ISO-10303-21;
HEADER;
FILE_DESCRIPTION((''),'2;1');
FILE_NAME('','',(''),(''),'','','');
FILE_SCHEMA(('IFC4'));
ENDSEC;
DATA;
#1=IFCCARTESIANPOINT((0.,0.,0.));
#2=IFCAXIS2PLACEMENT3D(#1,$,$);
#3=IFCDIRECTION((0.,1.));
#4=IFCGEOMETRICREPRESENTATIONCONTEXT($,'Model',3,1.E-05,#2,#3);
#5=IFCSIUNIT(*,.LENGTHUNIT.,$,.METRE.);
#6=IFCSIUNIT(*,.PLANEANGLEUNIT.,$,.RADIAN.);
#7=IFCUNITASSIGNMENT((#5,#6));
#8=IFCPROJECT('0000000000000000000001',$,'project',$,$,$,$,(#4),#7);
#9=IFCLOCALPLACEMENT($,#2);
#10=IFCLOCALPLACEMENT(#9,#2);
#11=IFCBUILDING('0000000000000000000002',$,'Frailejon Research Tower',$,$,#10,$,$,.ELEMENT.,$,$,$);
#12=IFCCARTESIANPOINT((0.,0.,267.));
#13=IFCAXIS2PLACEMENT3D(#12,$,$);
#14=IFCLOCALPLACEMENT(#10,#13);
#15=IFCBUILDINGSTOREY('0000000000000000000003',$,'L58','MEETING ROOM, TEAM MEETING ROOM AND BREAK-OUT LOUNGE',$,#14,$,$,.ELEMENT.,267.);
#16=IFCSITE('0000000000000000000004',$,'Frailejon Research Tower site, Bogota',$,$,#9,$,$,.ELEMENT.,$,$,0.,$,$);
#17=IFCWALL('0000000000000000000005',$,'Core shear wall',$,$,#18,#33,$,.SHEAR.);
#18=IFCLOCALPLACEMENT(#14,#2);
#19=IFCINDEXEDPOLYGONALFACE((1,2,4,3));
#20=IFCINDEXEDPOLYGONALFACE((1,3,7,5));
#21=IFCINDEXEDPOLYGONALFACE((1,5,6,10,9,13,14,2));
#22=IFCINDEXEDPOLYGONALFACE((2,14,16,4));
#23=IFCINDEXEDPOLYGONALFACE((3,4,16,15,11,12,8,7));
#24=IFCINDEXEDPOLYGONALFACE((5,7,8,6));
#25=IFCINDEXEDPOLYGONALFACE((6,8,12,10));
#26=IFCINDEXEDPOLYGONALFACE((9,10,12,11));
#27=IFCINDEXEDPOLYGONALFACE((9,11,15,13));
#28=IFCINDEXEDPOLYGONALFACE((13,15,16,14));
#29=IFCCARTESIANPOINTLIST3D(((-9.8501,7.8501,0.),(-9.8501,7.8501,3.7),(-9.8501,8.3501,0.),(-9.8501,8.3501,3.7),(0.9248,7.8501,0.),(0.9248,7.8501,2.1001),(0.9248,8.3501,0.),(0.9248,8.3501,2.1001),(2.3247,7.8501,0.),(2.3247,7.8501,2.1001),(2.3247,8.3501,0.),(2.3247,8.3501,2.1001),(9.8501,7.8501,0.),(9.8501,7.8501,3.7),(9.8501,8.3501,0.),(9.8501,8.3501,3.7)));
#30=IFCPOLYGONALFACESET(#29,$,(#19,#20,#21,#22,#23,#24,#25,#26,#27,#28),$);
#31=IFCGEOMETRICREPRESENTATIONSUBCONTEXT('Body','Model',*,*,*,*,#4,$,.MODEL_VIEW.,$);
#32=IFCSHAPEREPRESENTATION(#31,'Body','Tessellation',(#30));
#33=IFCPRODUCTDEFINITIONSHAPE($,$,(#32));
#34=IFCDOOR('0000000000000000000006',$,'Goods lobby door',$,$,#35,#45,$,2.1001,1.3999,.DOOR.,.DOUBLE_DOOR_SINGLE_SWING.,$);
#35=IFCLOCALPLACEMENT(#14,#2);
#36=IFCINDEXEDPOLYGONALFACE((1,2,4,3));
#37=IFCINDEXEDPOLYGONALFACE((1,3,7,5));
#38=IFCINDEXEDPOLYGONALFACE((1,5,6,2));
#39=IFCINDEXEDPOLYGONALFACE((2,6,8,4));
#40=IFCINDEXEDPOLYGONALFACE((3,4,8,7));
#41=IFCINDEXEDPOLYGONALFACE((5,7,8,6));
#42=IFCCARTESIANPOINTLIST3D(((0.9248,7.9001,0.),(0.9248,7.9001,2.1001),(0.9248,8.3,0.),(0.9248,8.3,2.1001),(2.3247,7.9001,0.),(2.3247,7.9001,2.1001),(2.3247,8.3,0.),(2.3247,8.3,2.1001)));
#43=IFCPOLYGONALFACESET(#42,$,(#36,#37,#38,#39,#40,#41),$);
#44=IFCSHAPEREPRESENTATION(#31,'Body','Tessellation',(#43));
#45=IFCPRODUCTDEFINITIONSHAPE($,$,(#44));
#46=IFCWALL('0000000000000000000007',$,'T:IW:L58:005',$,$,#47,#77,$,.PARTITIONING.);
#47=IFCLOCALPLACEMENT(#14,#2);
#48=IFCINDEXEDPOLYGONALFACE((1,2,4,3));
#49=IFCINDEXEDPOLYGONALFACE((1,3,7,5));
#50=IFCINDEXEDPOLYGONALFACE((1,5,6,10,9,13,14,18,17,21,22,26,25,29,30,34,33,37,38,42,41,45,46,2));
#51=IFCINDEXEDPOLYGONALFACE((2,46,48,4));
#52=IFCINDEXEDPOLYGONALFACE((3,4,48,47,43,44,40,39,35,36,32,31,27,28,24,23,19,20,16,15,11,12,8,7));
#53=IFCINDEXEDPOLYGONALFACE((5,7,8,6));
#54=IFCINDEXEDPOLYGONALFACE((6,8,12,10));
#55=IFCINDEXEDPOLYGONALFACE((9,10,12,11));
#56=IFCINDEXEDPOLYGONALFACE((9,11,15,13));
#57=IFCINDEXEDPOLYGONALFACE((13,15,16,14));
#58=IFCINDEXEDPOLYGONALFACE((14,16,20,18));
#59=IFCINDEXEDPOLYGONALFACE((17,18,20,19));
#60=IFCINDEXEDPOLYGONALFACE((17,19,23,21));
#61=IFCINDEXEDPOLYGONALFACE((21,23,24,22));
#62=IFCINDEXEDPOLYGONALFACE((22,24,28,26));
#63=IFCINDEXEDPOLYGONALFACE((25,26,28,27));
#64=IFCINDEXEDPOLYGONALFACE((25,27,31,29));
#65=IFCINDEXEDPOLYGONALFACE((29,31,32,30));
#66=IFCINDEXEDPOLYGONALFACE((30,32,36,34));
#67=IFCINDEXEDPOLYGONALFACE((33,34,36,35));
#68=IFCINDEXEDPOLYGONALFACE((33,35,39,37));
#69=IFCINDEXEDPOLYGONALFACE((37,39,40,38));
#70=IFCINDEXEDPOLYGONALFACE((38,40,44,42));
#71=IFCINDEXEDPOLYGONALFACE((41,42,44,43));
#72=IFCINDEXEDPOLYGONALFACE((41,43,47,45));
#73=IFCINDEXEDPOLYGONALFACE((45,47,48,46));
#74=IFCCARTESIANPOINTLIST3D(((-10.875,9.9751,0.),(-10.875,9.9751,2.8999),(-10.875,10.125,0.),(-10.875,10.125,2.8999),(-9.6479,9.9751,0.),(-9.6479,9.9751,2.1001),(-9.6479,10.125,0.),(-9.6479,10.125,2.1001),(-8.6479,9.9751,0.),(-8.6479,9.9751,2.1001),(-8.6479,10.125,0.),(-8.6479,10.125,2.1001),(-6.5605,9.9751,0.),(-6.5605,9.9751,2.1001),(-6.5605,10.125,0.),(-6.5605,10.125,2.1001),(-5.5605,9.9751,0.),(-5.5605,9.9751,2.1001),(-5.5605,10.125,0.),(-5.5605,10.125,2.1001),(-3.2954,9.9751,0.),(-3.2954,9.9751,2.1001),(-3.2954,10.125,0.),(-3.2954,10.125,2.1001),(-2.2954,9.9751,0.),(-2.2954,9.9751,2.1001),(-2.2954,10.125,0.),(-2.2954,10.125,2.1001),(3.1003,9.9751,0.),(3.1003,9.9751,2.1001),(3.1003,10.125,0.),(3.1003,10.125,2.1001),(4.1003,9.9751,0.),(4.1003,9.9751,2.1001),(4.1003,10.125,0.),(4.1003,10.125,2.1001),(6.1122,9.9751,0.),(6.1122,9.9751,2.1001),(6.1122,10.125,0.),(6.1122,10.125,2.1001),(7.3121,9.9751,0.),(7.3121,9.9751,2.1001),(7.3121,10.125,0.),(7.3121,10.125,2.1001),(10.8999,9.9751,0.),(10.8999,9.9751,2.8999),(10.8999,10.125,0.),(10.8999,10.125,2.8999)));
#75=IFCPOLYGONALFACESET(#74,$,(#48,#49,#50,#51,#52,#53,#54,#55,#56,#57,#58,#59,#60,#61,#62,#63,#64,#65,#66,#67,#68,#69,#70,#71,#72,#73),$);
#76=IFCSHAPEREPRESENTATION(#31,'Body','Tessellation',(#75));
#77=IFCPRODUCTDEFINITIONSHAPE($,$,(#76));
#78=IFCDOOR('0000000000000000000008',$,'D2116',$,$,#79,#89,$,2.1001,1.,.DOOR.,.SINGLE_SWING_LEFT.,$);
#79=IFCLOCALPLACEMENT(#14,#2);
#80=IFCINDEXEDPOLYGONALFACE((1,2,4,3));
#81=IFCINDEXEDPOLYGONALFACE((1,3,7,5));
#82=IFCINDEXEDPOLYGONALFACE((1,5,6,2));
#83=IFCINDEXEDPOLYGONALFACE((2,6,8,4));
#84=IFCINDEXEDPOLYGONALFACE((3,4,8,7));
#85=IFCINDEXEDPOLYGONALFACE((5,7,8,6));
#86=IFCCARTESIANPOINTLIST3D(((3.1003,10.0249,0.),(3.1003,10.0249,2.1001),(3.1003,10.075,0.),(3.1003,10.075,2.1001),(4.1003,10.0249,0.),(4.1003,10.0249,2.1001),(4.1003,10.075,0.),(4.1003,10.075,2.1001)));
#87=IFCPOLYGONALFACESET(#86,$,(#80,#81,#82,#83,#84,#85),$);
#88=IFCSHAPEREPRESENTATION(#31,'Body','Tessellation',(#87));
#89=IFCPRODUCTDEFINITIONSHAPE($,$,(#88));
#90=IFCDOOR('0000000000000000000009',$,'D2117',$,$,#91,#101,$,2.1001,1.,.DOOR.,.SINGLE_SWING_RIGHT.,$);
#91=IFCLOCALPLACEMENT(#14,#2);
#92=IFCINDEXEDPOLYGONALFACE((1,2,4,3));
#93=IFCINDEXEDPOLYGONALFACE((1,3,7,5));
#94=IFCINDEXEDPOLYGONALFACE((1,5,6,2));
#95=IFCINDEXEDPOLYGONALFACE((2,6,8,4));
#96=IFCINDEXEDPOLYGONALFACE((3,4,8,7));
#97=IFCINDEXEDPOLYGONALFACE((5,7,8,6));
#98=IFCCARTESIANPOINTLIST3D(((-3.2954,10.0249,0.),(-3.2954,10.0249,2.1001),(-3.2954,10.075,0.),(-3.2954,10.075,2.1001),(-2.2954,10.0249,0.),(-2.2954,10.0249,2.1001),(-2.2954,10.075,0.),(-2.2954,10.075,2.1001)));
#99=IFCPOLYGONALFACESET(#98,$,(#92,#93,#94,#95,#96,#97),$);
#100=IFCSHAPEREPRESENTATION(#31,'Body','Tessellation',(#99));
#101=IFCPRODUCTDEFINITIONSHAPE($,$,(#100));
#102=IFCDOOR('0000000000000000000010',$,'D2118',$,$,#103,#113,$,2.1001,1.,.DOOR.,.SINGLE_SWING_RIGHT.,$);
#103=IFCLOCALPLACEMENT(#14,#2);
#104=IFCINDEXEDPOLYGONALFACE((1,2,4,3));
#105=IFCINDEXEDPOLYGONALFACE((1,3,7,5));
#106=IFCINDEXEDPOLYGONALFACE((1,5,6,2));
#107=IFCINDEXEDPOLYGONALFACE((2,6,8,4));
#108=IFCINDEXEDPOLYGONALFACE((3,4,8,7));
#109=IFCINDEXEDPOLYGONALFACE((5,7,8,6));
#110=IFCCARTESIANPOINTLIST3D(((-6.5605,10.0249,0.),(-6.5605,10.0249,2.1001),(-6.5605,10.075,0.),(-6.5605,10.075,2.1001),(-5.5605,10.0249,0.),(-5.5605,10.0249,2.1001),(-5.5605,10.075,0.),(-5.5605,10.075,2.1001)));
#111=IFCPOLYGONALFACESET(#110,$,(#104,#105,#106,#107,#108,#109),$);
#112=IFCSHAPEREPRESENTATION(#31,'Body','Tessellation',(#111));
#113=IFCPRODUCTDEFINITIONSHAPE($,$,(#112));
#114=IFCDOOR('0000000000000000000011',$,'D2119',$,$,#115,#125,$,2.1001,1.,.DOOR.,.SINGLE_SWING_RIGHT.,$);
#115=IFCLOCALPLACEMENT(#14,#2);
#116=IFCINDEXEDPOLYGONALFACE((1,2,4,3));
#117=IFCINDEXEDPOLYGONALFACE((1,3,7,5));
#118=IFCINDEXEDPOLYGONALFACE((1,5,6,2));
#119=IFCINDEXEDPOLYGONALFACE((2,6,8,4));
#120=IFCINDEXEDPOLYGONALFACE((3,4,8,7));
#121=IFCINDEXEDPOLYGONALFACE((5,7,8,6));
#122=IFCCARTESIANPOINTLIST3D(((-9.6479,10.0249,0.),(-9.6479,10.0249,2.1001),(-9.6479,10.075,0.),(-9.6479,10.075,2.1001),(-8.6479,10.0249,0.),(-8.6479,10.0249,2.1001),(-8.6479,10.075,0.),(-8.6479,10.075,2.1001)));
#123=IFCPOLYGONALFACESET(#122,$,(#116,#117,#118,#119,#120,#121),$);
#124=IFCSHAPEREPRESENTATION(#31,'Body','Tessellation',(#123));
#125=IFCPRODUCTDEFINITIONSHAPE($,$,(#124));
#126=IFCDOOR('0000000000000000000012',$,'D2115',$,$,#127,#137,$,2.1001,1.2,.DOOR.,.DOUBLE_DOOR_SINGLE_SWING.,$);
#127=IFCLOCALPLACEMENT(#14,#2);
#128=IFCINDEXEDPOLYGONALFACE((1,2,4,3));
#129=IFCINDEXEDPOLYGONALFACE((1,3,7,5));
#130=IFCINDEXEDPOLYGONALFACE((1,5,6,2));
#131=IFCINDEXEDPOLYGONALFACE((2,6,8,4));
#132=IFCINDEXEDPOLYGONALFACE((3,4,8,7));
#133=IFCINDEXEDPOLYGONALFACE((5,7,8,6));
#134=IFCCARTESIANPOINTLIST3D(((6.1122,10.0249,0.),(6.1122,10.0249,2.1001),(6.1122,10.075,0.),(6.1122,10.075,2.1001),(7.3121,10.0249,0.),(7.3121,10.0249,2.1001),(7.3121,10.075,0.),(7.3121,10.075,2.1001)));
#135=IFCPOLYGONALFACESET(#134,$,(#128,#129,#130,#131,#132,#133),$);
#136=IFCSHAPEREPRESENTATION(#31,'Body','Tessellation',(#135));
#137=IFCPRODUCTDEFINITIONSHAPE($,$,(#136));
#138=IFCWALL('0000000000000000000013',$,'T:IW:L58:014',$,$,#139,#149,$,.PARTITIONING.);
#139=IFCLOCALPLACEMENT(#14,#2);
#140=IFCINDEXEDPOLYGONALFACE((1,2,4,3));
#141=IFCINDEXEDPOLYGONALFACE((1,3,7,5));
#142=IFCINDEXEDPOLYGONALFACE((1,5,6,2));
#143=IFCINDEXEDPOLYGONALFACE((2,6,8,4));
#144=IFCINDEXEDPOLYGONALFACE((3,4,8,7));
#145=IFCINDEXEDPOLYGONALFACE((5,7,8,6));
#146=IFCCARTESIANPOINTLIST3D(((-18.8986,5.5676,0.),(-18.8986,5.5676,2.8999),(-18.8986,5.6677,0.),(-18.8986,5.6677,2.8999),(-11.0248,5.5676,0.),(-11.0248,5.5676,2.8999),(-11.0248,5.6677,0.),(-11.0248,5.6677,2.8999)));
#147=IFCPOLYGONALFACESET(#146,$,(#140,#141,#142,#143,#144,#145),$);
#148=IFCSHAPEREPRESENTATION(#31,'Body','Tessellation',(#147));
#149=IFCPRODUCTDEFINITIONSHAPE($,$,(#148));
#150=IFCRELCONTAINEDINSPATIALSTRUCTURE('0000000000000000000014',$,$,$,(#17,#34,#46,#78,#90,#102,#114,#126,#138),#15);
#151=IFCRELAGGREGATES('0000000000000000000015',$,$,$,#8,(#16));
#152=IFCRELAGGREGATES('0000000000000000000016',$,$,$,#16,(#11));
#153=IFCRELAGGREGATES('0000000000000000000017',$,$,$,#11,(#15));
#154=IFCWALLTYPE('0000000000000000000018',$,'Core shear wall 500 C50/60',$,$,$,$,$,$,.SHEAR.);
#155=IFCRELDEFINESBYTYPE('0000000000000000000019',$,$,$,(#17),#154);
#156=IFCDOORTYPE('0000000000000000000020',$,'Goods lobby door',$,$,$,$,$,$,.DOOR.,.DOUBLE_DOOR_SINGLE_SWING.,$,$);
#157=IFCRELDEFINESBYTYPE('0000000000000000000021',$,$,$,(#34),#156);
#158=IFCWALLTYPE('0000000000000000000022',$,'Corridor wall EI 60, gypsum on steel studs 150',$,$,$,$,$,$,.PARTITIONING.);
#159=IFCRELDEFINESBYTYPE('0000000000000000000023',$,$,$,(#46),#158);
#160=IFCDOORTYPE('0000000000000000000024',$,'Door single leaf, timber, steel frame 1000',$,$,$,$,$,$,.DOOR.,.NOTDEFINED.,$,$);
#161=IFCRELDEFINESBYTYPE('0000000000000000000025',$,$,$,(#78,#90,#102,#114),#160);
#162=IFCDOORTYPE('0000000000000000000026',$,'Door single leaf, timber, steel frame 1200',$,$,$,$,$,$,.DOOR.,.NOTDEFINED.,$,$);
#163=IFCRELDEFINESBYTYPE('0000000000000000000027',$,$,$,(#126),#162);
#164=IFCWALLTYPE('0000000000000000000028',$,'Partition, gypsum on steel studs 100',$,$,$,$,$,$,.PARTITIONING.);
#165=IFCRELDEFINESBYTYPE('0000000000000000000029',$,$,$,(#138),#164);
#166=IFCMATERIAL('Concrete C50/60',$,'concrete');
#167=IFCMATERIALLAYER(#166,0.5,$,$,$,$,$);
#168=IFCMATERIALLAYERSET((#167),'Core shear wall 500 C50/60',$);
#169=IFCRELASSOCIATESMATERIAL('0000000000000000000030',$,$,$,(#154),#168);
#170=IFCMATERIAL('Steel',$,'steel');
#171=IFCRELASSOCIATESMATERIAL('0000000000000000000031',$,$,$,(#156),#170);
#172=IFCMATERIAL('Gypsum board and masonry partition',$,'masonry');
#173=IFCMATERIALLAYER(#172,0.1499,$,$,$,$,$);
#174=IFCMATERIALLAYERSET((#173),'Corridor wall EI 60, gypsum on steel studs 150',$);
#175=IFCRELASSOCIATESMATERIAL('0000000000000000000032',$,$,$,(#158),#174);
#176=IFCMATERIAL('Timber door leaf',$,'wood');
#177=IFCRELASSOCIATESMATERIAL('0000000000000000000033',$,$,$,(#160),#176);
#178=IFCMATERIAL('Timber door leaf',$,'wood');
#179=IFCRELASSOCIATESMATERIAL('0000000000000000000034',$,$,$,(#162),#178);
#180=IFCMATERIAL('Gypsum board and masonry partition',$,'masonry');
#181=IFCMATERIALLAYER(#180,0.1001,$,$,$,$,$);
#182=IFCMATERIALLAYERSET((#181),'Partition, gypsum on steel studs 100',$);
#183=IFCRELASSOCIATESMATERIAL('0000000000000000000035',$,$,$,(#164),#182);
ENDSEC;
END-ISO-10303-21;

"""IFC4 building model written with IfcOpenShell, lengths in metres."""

from ifc_helpers import new_model, si_unit, direction, frame, frame_2d, origin, place, context, subcontext, project, spatial, rectangle, extrude, material, layer, layer_set, type_object, element, fill, save


model = new_model("IFC4")

# Units and contexts
model_context = context("Model", 3, precision=1e-05, world=origin(), true_north=direction((0.0, 1.0)))
body_context = subcontext(model_context, "Body", "Model", "MODEL_VIEW")
ifc_project = project(units=[si_unit("LENGTHUNIT", "METRE"), si_unit("PLANEANGLEUNIT", "RADIAN")], contexts=[model_context])

# Site, building, storey
site_placement = place(None, origin())
site = spatial("IfcSite", under=ifc_project, at=site_placement, Name="Frailejon Research Tower site, Bogota", CompositionType="ELEMENT", RefElevation=0.0)
building_placement = place(site_placement, origin())
building = spatial("IfcBuilding", under=site, at=building_placement, Name="Frailejon Research Tower", CompositionType="ELEMENT")
storey_placement = place(building_placement, frame((0.0, 0.0, 267.0)))
storey = spatial("IfcBuildingStorey", under=building, at=storey_placement, Name="L58", Description="MEETING ROOM, TEAM MEETING ROOM AND BREAK-OUT LOUNGE", CompositionType="ELEMENT", Elevation=267.0)

# Wall, opening, door
ifc_material_1 = material(Name="Concrete C50/60", Category="concrete")
ifc_layer_1 = layer(ifc_material_1, 0.5)
ifc_layer_set_1 = layer_set([ifc_layer_1], Name="Core shear wall 500 C50/60")
wall_type_1 = type_object("IfcWallType", Name="Core shear wall 500 C50/60", PredefinedType="SHEAR", material=ifc_layer_set_1)
wall_1_placement = place(storey_placement, frame((-9.8501, 8.1001, 0.0), z_axis=(0.0, 0.0, 1.0), x_axis=(1.0, 0.0, 0.0)))
wall_1 = element("IfcWall", 1, at=wall_1_placement, inside=storey, type_object=wall_type_1, Name="Core shear wall", PredefinedType="SHEAR", context=body_context, shape_type="SweptSolid", body=[
    extrude(rectangle(XDim=19.7002, YDim=0.5, at=frame_2d((9.8501, 0.0))), origin(), (0.0, 0.0, 1.0), 3.7),
])
opening_1_placement = place(wall_1_placement, frame((10.7749, 0.0, 0.0)))
opening_1 = element("IfcOpeningElement", 2, at=opening_1_placement, cuts=wall_1, PredefinedType="OPENING", context=body_context, shape_type="SweptSolid", body=[
    extrude(rectangle(XDim=1.3999, YDim=2.1001, at=frame_2d((0.7, 1.05))), frame((0.0, 0.26, 0.0), z_axis=(0.0, -1.0, 0.0), x_axis=(1.0, 0.0, 0.0)), (0.0, 0.0, 1.0), 0.52),
])
ifc_material_2 = material(Name="Steel", Category="steel")
door_type_1 = type_object("IfcDoorType", Name="Goods lobby door", OperationType="DOUBLE_DOOR_SINGLE_SWING", PredefinedType="DOOR", material=ifc_material_2)
door_1_placement = place(opening_1_placement, origin())
door_1 = element("IfcDoor", 3, at=door_1_placement, inside=storey, type_object=door_type_1, Name="Goods lobby door", OperationType="DOUBLE_DOOR_SINGLE_SWING", OverallHeight=2.1001, OverallWidth=1.3999, PredefinedType="DOOR", context=body_context, shape_type="SweptSolid", body=[
    extrude(rectangle(XDim=1.3999, YDim=2.1001, at=frame_2d((0.7, 1.05))), frame((0.0, 0.2, 0.0), z_axis=(0.0, -1.0, 0.0), x_axis=(1.0, 0.0, 0.0)), (0.0, 0.0, 1.0), 0.3999),
])
fill(opening_1, door_1)

# Wall, openings, doors
ifc_material_3 = material(Name="Gypsum board and masonry partition", Category="masonry")
ifc_layer_2 = layer(ifc_material_3, 0.1499)
ifc_layer_set_2 = layer_set([ifc_layer_2], Name="Corridor wall EI 60, gypsum on steel studs 150")
wall_type_2 = type_object("IfcWallType", Name="Corridor wall EI 60, gypsum on steel studs 150", PredefinedType="PARTITIONING", material=ifc_layer_set_2)
wall_2_placement = place(storey_placement, frame((-10.875, 10.05, 0.0), z_axis=(0.0, 0.0, 1.0), x_axis=(1.0, 0.0, 0.0)))
wall_2 = element("IfcWall", 4, at=wall_2_placement, inside=storey, type_object=wall_type_2, Name="T:IW:L58:005", PredefinedType="PARTITIONING", context=body_context, shape_type="SweptSolid", body=[
    extrude(rectangle(XDim=21.7749, YDim=0.1499, at=frame_2d((10.8875, 0.0))), origin(), (0.0, 0.0, 1.0), 2.8999),
])
opening_2_placement = place(wall_2_placement, frame((16.9871, 0.0, 0.0)))
opening_2 = element("IfcOpeningElement", 5, at=opening_2_placement, cuts=wall_2, PredefinedType="OPENING", context=body_context, shape_type="SweptSolid", body=[
    extrude(rectangle(XDim=1.2, YDim=2.1001, at=frame_2d((0.6001, 1.05))), frame((0.0, 0.085, 0.0), z_axis=(0.0, -1.0, 0.0), x_axis=(1.0, 0.0, 0.0)), (0.0, 0.0, 1.0), 0.1699),
])
opening_3_placement = place(wall_2_placement, frame((13.9753, 0.0, 0.0)))
opening_3 = element("IfcOpeningElement", 6, at=opening_3_placement, cuts=wall_2, PredefinedType="OPENING", context=body_context, shape_type="SweptSolid", body=[
    extrude(rectangle(XDim=1.0, YDim=2.1001, at=frame_2d((0.5, 1.05))), frame((0.0, 0.085, 0.0), z_axis=(0.0, -1.0, 0.0), x_axis=(1.0, 0.0, 0.0)), (0.0, 0.0, 1.0), 0.1699),
])
opening_4_placement = place(wall_2_placement, frame((7.5796, 0.0, 0.0)))
opening_4 = element("IfcOpeningElement", 7, at=opening_4_placement, cuts=wall_2, PredefinedType="OPENING", context=body_context, shape_type="SweptSolid", body=[
    extrude(rectangle(XDim=1.0, YDim=2.1001, at=frame_2d((0.5, 1.05))), frame((0.0, 0.085, 0.0), z_axis=(0.0, -1.0, 0.0), x_axis=(1.0, 0.0, 0.0)), (0.0, 0.0, 1.0), 0.1699),
])
opening_5_placement = place(wall_2_placement, frame((4.3145, 0.0, 0.0)))
opening_5 = element("IfcOpeningElement", 8, at=opening_5_placement, cuts=wall_2, PredefinedType="OPENING", context=body_context, shape_type="SweptSolid", body=[
    extrude(rectangle(XDim=1.0, YDim=2.1001, at=frame_2d((0.5, 1.05))), frame((0.0, 0.085, 0.0), z_axis=(0.0, -1.0, 0.0), x_axis=(1.0, 0.0, 0.0)), (0.0, 0.0, 1.0), 0.1699),
])
opening_6_placement = place(wall_2_placement, frame((1.2271, 0.0, 0.0)))
opening_6 = element("IfcOpeningElement", 9, at=opening_6_placement, cuts=wall_2, PredefinedType="OPENING", context=body_context, shape_type="SweptSolid", body=[
    extrude(rectangle(XDim=1.0, YDim=2.1001, at=frame_2d((0.5, 1.05))), frame((0.0, 0.085, 0.0), z_axis=(0.0, -1.0, 0.0), x_axis=(1.0, 0.0, 0.0)), (0.0, 0.0, 1.0), 0.1699),
])
ifc_material_4 = material(Name="Timber door leaf", Category="wood")
door_type_2 = type_object("IfcDoorType", Name="Door single leaf, timber, steel frame 1000", OperationType="NOTDEFINED", PredefinedType="DOOR", material=ifc_material_4)
door_2_placement = place(opening_3_placement, origin())
door_2 = element("IfcDoor", 10, at=door_2_placement, inside=storey, type_object=door_type_2, Name="D2116", OperationType="SINGLE_SWING_LEFT", OverallHeight=2.1001, OverallWidth=1.0, PredefinedType="DOOR", context=body_context, shape_type="SweptSolid", body=[
    extrude(rectangle(XDim=1.0, YDim=2.1001, at=frame_2d((0.5, 1.05))), frame((0.0, 0.0249, 0.0), z_axis=(0.0, -1.0, 0.0), x_axis=(1.0, 0.0, 0.0)), (0.0, 0.0, 1.0), 0.05),
])
fill(opening_3, door_2)
door_3_placement = place(opening_4_placement, origin())
door_3 = element("IfcDoor", 11, at=door_3_placement, inside=storey, type_object=door_type_2, Name="D2117", OperationType="SINGLE_SWING_RIGHT", OverallHeight=2.1001, OverallWidth=1.0, PredefinedType="DOOR", context=body_context, shape_type="SweptSolid", body=[
    extrude(rectangle(XDim=1.0, YDim=2.1001, at=frame_2d((0.5, 1.05))), frame((0.0, 0.0249, 0.0), z_axis=(0.0, -1.0, 0.0), x_axis=(1.0, 0.0, 0.0)), (0.0, 0.0, 1.0), 0.05),
])
fill(opening_4, door_3)
door_4_placement = place(opening_5_placement, origin())
door_4 = element("IfcDoor", 12, at=door_4_placement, inside=storey, type_object=door_type_2, Name="D2118", OperationType="SINGLE_SWING_RIGHT", OverallHeight=2.1001, OverallWidth=1.0, PredefinedType="DOOR", context=body_context, shape_type="SweptSolid", body=[
    extrude(rectangle(XDim=1.0, YDim=2.1001, at=frame_2d((0.5, 1.05))), frame((0.0, 0.0249, 0.0), z_axis=(0.0, -1.0, 0.0), x_axis=(1.0, 0.0, 0.0)), (0.0, 0.0, 1.0), 0.05),
])
fill(opening_5, door_4)
door_5_placement = place(opening_6_placement, origin())
door_5 = element("IfcDoor", 13, at=door_5_placement, inside=storey, type_object=door_type_2, Name="D2119", OperationType="SINGLE_SWING_RIGHT", OverallHeight=2.1001, OverallWidth=1.0, PredefinedType="DOOR", context=body_context, shape_type="SweptSolid", body=[
    extrude(rectangle(XDim=1.0, YDim=2.1001, at=frame_2d((0.5, 1.05))), frame((0.0, 0.0249, 0.0), z_axis=(0.0, -1.0, 0.0), x_axis=(1.0, 0.0, 0.0)), (0.0, 0.0, 1.0), 0.05),
])
fill(opening_6, door_5)
ifc_material_5 = material(Name="Timber door leaf", Category="wood")
door_type_3 = type_object("IfcDoorType", Name="Door single leaf, timber, steel frame 1200", OperationType="NOTDEFINED", PredefinedType="DOOR", material=ifc_material_5)
door_6_placement = place(opening_2_placement, origin())
door_6 = element("IfcDoor", 14, at=door_6_placement, inside=storey, type_object=door_type_3, Name="D2115", OperationType="DOUBLE_DOOR_SINGLE_SWING", OverallHeight=2.1001, OverallWidth=1.2, PredefinedType="DOOR", context=body_context, shape_type="SweptSolid", body=[
    extrude(rectangle(XDim=1.2, YDim=2.1001, at=frame_2d((0.6001, 1.05))), frame((0.0, 0.0249, 0.0), z_axis=(0.0, -1.0, 0.0), x_axis=(1.0, 0.0, 0.0)), (0.0, 0.0, 1.0), 0.05),
])
fill(opening_2, door_6)

# Wall
ifc_material_6 = material(Name="Gypsum board and masonry partition", Category="masonry")
ifc_layer_3 = layer(ifc_material_6, 0.1001)
ifc_layer_set_3 = layer_set([ifc_layer_3], Name="Partition, gypsum on steel studs 100")
wall_type_3 = type_object("IfcWallType", Name="Partition, gypsum on steel studs 100", PredefinedType="PARTITIONING", material=ifc_layer_set_3)
wall_3_placement = place(storey_placement, frame((-18.8987, 5.6177, 0.0), z_axis=(0.0, 0.0, 1.0), x_axis=(1.0, 0.0, 0.0)))
element("IfcWall", 15, at=wall_3_placement, inside=storey, type_object=wall_type_3, Name="T:IW:L58:014", PredefinedType="PARTITIONING", context=body_context, shape_type="SweptSolid", body=[
    extrude(rectangle(XDim=7.8738, YDim=0.1001, at=frame_2d((3.937, 0.0))), origin(), (0.0, 0.0, 1.0), 2.8999),
])

save(model, "model.ifc")
